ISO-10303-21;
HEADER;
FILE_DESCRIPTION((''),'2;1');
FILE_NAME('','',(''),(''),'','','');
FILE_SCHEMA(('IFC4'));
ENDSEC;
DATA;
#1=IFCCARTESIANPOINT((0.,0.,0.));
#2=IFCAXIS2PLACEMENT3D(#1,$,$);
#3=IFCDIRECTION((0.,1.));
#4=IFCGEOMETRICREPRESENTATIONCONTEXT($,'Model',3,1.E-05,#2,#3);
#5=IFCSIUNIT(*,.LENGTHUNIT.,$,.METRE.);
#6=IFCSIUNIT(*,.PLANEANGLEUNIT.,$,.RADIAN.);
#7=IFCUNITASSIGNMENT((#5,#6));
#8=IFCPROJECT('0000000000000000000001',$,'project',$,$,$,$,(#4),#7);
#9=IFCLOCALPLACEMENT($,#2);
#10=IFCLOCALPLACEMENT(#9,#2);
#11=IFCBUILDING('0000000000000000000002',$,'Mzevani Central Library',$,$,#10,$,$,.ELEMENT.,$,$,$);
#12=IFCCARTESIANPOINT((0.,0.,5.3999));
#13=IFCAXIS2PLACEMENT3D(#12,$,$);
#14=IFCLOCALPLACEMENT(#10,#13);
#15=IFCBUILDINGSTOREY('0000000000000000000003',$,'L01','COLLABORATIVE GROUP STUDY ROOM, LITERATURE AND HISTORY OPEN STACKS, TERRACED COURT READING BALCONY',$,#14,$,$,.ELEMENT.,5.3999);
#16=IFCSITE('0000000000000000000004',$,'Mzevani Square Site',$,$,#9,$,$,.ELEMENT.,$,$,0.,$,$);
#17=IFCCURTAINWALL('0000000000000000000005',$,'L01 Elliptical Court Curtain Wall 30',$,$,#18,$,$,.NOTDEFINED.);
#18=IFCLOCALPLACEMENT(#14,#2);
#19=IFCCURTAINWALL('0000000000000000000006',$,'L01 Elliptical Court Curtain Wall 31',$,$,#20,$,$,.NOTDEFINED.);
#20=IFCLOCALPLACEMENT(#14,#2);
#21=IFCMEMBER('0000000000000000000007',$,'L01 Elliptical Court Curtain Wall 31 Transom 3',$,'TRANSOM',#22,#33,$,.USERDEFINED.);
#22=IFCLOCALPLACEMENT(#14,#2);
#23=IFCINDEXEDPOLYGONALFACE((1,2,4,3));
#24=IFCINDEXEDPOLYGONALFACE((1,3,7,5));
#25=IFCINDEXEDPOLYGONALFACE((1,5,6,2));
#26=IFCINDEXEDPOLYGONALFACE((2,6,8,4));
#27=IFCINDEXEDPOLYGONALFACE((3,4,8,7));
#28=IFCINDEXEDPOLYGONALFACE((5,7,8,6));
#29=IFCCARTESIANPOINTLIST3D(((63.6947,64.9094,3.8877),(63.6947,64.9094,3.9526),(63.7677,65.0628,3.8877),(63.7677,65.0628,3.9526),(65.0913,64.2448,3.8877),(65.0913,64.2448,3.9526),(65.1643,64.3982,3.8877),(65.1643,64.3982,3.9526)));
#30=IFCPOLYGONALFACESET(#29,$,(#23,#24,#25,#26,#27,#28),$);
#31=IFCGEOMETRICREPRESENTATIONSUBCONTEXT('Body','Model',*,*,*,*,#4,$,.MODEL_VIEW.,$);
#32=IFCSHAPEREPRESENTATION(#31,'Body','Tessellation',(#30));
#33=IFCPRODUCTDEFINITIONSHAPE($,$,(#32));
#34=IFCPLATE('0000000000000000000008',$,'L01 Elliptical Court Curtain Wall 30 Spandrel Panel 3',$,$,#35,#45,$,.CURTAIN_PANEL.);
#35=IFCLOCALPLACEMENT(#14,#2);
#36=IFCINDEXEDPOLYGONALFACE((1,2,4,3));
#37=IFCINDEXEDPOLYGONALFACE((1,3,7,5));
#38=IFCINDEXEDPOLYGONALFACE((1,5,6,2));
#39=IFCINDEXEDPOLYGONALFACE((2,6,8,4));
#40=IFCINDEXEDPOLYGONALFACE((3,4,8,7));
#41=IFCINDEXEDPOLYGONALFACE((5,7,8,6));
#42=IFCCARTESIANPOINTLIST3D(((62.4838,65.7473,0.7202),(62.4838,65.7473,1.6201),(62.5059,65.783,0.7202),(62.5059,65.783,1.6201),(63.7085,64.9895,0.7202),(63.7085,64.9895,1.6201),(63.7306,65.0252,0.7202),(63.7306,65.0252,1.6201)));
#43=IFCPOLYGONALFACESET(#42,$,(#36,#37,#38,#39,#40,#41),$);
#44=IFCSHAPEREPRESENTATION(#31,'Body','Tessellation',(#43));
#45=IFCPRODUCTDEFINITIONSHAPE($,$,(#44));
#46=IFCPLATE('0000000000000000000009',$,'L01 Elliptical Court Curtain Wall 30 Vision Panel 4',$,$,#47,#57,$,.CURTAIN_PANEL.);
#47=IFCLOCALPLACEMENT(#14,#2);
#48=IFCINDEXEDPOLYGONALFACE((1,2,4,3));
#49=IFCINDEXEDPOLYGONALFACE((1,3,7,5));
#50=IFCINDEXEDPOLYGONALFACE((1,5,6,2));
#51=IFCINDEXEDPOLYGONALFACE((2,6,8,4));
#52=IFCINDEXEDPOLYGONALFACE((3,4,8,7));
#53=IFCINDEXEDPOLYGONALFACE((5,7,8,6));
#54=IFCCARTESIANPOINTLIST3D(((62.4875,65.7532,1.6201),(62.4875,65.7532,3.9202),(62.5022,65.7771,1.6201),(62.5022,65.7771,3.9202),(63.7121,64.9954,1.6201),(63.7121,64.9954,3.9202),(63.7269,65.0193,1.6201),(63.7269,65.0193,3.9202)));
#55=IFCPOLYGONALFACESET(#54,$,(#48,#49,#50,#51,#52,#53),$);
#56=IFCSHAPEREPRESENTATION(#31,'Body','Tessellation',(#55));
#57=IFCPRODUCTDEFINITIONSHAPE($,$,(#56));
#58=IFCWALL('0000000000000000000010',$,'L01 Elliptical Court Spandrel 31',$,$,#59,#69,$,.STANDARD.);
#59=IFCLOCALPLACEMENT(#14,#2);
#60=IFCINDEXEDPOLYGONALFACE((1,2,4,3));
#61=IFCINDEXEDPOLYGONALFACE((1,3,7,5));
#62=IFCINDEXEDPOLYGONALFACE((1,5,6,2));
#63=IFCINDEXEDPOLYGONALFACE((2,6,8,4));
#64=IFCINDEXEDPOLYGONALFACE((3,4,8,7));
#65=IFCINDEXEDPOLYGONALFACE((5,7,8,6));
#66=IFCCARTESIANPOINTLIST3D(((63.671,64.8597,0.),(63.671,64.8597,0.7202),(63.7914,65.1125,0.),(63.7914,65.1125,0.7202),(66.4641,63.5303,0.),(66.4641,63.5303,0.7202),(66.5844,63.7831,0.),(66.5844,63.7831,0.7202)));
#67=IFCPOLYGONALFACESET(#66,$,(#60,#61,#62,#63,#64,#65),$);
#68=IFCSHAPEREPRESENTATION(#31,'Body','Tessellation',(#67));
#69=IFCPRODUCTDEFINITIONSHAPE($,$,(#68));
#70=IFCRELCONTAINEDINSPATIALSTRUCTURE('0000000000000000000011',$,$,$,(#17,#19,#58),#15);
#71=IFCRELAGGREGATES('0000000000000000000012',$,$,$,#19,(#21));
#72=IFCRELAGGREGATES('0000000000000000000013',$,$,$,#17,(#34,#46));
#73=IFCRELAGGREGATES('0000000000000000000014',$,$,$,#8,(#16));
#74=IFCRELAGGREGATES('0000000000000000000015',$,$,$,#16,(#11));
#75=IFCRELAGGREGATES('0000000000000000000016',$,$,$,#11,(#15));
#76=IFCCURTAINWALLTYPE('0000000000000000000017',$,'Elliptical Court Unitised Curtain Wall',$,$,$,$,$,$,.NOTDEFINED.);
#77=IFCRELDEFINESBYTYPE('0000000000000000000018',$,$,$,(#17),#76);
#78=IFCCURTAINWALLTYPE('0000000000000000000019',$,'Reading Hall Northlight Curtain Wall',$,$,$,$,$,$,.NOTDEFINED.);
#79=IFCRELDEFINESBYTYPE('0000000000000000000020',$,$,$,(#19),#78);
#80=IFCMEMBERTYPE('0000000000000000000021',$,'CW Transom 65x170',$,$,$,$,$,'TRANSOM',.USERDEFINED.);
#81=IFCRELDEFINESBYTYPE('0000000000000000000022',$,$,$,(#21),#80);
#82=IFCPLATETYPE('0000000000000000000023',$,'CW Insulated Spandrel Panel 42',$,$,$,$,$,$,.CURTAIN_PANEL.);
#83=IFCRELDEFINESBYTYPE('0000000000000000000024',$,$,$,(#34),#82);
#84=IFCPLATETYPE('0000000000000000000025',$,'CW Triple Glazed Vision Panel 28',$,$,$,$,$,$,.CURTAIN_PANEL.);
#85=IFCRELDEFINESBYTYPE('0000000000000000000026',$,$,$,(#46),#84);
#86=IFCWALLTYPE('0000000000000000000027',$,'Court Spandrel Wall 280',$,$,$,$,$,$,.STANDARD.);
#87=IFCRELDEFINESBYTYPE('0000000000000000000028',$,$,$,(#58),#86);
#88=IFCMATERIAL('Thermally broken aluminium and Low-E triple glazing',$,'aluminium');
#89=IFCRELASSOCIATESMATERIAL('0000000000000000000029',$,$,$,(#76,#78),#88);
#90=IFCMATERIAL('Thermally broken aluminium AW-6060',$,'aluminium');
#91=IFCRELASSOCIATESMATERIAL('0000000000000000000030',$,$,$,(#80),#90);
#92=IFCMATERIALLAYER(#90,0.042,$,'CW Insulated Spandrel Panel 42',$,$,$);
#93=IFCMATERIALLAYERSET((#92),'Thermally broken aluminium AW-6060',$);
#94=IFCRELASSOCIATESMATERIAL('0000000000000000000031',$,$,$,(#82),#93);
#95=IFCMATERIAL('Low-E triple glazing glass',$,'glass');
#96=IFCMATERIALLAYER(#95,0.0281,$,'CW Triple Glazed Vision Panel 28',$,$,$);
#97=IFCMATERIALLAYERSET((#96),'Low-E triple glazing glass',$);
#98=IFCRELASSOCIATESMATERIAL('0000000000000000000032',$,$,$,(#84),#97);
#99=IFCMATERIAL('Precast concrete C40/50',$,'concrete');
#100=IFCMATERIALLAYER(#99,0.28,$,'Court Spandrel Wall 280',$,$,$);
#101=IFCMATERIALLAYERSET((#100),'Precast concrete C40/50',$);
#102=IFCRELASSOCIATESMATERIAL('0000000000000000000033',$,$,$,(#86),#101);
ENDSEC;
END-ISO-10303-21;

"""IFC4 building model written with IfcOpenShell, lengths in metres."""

from ifc_helpers import new_model, si_unit, direction, frame, frame_2d, origin, origin_2d, place, context, subcontext, project, spatial, rectangle, extrude, material, layer, layer_set, material_profile, profile_set, type_object, element, aggregate, save


model = new_model("IFC4")

# Units and contexts
model_context = context("Model", 3, precision=1e-05, world=origin(), true_north=direction((0.0, 1.0)))
body_context = subcontext(model_context, "Body", "Model", "MODEL_VIEW")
ifc_project = project(units=[si_unit("LENGTHUNIT", "METRE"), si_unit("PLANEANGLEUNIT", "RADIAN")], contexts=[model_context])

# Site, building, storey
site_placement = place(None, origin())
site = spatial("IfcSite", under=ifc_project, at=site_placement, Name="Mzevani Square Site", CompositionType="ELEMENT", RefElevation=0.0)
building_placement = place(site_placement, origin())
building = spatial("IfcBuilding", under=site, at=building_placement, Name="Mzevani Central Library", CompositionType="ELEMENT")
storey_placement = place(building_placement, frame((0.0, 0.0, 5.3999)))
storey = spatial("IfcBuildingStorey", under=building, at=storey_placement, Name="L01", Description="COLLABORATIVE GROUP STUDY ROOM, LITERATURE AND HISTORY OPEN STACKS, TERRACED COURT READING BALCONY", CompositionType="ELEMENT", Elevation=5.3999)

# Curtain wall
ifc_material_1 = material(Name="Thermally broken aluminium and Low-E triple glazing", Category="aluminium")
curtain_wall_type_1 = type_object("IfcCurtainWallType", Name="Elliptical Court Unitised Curtain Wall", PredefinedType="NOTDEFINED", material=ifc_material_1)
curtain_wall_1_placement = place(storey_placement, origin())
curtain_wall_1 = element("IfcCurtainWall", 1, at=curtain_wall_1_placement, inside=storey, type_object=curtain_wall_type_1, Name="L01 Elliptical Court Curtain Wall 30", PredefinedType="NOTDEFINED")
ifc_material_2 = material(Name="Thermally broken aluminium AW-6060", Category="aluminium")

# Curtain wall
curtain_wall_type_2 = type_object("IfcCurtainWallType", Name="Reading Hall Northlight Curtain Wall", PredefinedType="NOTDEFINED", material=ifc_material_1)
curtain_wall_2_placement = place(storey_placement, origin())
curtain_wall_2 = element("IfcCurtainWall", 2, at=curtain_wall_2_placement, inside=storey, type_object=curtain_wall_type_2, Name="L01 Elliptical Court Curtain Wall 31", PredefinedType="NOTDEFINED")

# Member
ifc_material_profile_1 = material_profile(ifc_material_2, rectangle(XDim=0.1699, YDim=0.0649, at=origin_2d()), Name="ALU T65x170")
ifc_profile_set_1 = profile_set([ifc_material_profile_1], Name="Thermally broken aluminium AW-6060")
member_type_1 = type_object("IfcMemberType", Name="CW Transom 65x170", ElementType="TRANSOM", PredefinedType="USERDEFINED", material=ifc_profile_set_1)
member_1_placement = place(storey_placement, frame((63.7312, 64.9861, 3.9202), z_axis=(0.902971, -0.429701, 0.0), x_axis=(0.429701, 0.902971, 0.0)))
member_1 = element("IfcMember", 3, at=member_1_placement, type_object=member_type_1, Name="L01 Elliptical Court Curtain Wall 31 Transom 3", ObjectType="TRANSOM", PredefinedType="USERDEFINED", context=body_context, shape_type="SweptSolid", body=[
    extrude(rectangle(XDim=0.1699, YDim=0.0649, at=origin_2d()), origin(), (0.0, 0.0, 1.0), 1.5466),
])
aggregate(curtain_wall_2, [member_1])

# Plates
ifc_layer_1 = layer(ifc_material_2, 0.042, Name="CW Insulated Spandrel Panel 42")
ifc_layer_set_1 = layer_set([ifc_layer_1], Name="Thermally broken aluminium AW-6060")
plate_type_1 = type_object("IfcPlateType", Name="CW Insulated Spandrel Panel 42", PredefinedType="CURTAIN_PANEL", material=ifc_layer_set_1)
plate_1_placement = place(storey_placement, frame((63.1072, 65.3862, 0.7202), z_axis=(0.0, 0.0, 1.0), x_axis=(0.850358, -0.526205, 0.0)))
plate_1 = element("IfcPlate", 4, at=plate_1_placement, type_object=plate_type_1, Name="L01 Elliptical Court Curtain Wall 30 Spandrel Panel 3", PredefinedType="CURTAIN_PANEL", context=body_context, shape_type="SweptSolid", body=[
    extrude(rectangle(XDim=1.4402, YDim=0.042, at=origin_2d()), origin(), (0.0, 0.0, 1.0), 0.8999),
])
ifc_material_3 = material(Name="Low-E triple glazing glass", Category="glass")
ifc_layer_2 = layer(ifc_material_3, 0.0281, Name="CW Triple Glazed Vision Panel 28")
ifc_layer_set_2 = layer_set([ifc_layer_2], Name="Low-E triple glazing glass")
plate_type_2 = type_object("IfcPlateType", Name="CW Triple Glazed Vision Panel 28", PredefinedType="CURTAIN_PANEL", material=ifc_layer_set_2)
plate_2_placement = place(storey_placement, frame((63.1072, 65.3862, 1.6201), z_axis=(0.0, 0.0, 1.0), x_axis=(0.850358, -0.526205, 0.0)))
plate_2 = element("IfcPlate", 5, at=plate_2_placement, type_object=plate_type_2, Name="L01 Elliptical Court Curtain Wall 30 Vision Panel 4", PredefinedType="CURTAIN_PANEL", context=body_context, shape_type="SweptSolid", body=[
    extrude(rectangle(XDim=1.4402, YDim=0.0281, at=origin_2d()), origin(), (0.0, 0.0, 1.0), 2.3),
])
aggregate(curtain_wall_1, [plate_1, plate_2])

# Wall
ifc_material_4 = material(Name="Precast concrete C40/50", Category="concrete")
ifc_layer_3 = layer(ifc_material_4, 0.28, Name="Court Spandrel Wall 280")
ifc_layer_set_3 = layer_set([ifc_layer_3], Name="Precast concrete C40/50")
wall_type = type_object("IfcWallType", Name="Court Spandrel Wall 280", PredefinedType="STANDARD", material=ifc_layer_set_3)
wall_placement = place(storey_placement, frame((63.7312, 64.9861, 0.0), z_axis=(0.0, 0.0, 1.0), x_axis=(0.902941, -0.429765, 0.0)))
element("IfcWall", 6, at=wall_placement, inside=storey, type_object=wall_type, Name="L01 Elliptical Court Spandrel 31", PredefinedType="STANDARD", context=body_context, shape_type="SweptSolid", body=[
    extrude(rectangle(XDim=3.0933, YDim=0.28, at=frame_2d((1.5466, 0.0))), origin(), (0.0, 0.0, 1.0), 0.7202),
])

save(model, "model.ifc")
